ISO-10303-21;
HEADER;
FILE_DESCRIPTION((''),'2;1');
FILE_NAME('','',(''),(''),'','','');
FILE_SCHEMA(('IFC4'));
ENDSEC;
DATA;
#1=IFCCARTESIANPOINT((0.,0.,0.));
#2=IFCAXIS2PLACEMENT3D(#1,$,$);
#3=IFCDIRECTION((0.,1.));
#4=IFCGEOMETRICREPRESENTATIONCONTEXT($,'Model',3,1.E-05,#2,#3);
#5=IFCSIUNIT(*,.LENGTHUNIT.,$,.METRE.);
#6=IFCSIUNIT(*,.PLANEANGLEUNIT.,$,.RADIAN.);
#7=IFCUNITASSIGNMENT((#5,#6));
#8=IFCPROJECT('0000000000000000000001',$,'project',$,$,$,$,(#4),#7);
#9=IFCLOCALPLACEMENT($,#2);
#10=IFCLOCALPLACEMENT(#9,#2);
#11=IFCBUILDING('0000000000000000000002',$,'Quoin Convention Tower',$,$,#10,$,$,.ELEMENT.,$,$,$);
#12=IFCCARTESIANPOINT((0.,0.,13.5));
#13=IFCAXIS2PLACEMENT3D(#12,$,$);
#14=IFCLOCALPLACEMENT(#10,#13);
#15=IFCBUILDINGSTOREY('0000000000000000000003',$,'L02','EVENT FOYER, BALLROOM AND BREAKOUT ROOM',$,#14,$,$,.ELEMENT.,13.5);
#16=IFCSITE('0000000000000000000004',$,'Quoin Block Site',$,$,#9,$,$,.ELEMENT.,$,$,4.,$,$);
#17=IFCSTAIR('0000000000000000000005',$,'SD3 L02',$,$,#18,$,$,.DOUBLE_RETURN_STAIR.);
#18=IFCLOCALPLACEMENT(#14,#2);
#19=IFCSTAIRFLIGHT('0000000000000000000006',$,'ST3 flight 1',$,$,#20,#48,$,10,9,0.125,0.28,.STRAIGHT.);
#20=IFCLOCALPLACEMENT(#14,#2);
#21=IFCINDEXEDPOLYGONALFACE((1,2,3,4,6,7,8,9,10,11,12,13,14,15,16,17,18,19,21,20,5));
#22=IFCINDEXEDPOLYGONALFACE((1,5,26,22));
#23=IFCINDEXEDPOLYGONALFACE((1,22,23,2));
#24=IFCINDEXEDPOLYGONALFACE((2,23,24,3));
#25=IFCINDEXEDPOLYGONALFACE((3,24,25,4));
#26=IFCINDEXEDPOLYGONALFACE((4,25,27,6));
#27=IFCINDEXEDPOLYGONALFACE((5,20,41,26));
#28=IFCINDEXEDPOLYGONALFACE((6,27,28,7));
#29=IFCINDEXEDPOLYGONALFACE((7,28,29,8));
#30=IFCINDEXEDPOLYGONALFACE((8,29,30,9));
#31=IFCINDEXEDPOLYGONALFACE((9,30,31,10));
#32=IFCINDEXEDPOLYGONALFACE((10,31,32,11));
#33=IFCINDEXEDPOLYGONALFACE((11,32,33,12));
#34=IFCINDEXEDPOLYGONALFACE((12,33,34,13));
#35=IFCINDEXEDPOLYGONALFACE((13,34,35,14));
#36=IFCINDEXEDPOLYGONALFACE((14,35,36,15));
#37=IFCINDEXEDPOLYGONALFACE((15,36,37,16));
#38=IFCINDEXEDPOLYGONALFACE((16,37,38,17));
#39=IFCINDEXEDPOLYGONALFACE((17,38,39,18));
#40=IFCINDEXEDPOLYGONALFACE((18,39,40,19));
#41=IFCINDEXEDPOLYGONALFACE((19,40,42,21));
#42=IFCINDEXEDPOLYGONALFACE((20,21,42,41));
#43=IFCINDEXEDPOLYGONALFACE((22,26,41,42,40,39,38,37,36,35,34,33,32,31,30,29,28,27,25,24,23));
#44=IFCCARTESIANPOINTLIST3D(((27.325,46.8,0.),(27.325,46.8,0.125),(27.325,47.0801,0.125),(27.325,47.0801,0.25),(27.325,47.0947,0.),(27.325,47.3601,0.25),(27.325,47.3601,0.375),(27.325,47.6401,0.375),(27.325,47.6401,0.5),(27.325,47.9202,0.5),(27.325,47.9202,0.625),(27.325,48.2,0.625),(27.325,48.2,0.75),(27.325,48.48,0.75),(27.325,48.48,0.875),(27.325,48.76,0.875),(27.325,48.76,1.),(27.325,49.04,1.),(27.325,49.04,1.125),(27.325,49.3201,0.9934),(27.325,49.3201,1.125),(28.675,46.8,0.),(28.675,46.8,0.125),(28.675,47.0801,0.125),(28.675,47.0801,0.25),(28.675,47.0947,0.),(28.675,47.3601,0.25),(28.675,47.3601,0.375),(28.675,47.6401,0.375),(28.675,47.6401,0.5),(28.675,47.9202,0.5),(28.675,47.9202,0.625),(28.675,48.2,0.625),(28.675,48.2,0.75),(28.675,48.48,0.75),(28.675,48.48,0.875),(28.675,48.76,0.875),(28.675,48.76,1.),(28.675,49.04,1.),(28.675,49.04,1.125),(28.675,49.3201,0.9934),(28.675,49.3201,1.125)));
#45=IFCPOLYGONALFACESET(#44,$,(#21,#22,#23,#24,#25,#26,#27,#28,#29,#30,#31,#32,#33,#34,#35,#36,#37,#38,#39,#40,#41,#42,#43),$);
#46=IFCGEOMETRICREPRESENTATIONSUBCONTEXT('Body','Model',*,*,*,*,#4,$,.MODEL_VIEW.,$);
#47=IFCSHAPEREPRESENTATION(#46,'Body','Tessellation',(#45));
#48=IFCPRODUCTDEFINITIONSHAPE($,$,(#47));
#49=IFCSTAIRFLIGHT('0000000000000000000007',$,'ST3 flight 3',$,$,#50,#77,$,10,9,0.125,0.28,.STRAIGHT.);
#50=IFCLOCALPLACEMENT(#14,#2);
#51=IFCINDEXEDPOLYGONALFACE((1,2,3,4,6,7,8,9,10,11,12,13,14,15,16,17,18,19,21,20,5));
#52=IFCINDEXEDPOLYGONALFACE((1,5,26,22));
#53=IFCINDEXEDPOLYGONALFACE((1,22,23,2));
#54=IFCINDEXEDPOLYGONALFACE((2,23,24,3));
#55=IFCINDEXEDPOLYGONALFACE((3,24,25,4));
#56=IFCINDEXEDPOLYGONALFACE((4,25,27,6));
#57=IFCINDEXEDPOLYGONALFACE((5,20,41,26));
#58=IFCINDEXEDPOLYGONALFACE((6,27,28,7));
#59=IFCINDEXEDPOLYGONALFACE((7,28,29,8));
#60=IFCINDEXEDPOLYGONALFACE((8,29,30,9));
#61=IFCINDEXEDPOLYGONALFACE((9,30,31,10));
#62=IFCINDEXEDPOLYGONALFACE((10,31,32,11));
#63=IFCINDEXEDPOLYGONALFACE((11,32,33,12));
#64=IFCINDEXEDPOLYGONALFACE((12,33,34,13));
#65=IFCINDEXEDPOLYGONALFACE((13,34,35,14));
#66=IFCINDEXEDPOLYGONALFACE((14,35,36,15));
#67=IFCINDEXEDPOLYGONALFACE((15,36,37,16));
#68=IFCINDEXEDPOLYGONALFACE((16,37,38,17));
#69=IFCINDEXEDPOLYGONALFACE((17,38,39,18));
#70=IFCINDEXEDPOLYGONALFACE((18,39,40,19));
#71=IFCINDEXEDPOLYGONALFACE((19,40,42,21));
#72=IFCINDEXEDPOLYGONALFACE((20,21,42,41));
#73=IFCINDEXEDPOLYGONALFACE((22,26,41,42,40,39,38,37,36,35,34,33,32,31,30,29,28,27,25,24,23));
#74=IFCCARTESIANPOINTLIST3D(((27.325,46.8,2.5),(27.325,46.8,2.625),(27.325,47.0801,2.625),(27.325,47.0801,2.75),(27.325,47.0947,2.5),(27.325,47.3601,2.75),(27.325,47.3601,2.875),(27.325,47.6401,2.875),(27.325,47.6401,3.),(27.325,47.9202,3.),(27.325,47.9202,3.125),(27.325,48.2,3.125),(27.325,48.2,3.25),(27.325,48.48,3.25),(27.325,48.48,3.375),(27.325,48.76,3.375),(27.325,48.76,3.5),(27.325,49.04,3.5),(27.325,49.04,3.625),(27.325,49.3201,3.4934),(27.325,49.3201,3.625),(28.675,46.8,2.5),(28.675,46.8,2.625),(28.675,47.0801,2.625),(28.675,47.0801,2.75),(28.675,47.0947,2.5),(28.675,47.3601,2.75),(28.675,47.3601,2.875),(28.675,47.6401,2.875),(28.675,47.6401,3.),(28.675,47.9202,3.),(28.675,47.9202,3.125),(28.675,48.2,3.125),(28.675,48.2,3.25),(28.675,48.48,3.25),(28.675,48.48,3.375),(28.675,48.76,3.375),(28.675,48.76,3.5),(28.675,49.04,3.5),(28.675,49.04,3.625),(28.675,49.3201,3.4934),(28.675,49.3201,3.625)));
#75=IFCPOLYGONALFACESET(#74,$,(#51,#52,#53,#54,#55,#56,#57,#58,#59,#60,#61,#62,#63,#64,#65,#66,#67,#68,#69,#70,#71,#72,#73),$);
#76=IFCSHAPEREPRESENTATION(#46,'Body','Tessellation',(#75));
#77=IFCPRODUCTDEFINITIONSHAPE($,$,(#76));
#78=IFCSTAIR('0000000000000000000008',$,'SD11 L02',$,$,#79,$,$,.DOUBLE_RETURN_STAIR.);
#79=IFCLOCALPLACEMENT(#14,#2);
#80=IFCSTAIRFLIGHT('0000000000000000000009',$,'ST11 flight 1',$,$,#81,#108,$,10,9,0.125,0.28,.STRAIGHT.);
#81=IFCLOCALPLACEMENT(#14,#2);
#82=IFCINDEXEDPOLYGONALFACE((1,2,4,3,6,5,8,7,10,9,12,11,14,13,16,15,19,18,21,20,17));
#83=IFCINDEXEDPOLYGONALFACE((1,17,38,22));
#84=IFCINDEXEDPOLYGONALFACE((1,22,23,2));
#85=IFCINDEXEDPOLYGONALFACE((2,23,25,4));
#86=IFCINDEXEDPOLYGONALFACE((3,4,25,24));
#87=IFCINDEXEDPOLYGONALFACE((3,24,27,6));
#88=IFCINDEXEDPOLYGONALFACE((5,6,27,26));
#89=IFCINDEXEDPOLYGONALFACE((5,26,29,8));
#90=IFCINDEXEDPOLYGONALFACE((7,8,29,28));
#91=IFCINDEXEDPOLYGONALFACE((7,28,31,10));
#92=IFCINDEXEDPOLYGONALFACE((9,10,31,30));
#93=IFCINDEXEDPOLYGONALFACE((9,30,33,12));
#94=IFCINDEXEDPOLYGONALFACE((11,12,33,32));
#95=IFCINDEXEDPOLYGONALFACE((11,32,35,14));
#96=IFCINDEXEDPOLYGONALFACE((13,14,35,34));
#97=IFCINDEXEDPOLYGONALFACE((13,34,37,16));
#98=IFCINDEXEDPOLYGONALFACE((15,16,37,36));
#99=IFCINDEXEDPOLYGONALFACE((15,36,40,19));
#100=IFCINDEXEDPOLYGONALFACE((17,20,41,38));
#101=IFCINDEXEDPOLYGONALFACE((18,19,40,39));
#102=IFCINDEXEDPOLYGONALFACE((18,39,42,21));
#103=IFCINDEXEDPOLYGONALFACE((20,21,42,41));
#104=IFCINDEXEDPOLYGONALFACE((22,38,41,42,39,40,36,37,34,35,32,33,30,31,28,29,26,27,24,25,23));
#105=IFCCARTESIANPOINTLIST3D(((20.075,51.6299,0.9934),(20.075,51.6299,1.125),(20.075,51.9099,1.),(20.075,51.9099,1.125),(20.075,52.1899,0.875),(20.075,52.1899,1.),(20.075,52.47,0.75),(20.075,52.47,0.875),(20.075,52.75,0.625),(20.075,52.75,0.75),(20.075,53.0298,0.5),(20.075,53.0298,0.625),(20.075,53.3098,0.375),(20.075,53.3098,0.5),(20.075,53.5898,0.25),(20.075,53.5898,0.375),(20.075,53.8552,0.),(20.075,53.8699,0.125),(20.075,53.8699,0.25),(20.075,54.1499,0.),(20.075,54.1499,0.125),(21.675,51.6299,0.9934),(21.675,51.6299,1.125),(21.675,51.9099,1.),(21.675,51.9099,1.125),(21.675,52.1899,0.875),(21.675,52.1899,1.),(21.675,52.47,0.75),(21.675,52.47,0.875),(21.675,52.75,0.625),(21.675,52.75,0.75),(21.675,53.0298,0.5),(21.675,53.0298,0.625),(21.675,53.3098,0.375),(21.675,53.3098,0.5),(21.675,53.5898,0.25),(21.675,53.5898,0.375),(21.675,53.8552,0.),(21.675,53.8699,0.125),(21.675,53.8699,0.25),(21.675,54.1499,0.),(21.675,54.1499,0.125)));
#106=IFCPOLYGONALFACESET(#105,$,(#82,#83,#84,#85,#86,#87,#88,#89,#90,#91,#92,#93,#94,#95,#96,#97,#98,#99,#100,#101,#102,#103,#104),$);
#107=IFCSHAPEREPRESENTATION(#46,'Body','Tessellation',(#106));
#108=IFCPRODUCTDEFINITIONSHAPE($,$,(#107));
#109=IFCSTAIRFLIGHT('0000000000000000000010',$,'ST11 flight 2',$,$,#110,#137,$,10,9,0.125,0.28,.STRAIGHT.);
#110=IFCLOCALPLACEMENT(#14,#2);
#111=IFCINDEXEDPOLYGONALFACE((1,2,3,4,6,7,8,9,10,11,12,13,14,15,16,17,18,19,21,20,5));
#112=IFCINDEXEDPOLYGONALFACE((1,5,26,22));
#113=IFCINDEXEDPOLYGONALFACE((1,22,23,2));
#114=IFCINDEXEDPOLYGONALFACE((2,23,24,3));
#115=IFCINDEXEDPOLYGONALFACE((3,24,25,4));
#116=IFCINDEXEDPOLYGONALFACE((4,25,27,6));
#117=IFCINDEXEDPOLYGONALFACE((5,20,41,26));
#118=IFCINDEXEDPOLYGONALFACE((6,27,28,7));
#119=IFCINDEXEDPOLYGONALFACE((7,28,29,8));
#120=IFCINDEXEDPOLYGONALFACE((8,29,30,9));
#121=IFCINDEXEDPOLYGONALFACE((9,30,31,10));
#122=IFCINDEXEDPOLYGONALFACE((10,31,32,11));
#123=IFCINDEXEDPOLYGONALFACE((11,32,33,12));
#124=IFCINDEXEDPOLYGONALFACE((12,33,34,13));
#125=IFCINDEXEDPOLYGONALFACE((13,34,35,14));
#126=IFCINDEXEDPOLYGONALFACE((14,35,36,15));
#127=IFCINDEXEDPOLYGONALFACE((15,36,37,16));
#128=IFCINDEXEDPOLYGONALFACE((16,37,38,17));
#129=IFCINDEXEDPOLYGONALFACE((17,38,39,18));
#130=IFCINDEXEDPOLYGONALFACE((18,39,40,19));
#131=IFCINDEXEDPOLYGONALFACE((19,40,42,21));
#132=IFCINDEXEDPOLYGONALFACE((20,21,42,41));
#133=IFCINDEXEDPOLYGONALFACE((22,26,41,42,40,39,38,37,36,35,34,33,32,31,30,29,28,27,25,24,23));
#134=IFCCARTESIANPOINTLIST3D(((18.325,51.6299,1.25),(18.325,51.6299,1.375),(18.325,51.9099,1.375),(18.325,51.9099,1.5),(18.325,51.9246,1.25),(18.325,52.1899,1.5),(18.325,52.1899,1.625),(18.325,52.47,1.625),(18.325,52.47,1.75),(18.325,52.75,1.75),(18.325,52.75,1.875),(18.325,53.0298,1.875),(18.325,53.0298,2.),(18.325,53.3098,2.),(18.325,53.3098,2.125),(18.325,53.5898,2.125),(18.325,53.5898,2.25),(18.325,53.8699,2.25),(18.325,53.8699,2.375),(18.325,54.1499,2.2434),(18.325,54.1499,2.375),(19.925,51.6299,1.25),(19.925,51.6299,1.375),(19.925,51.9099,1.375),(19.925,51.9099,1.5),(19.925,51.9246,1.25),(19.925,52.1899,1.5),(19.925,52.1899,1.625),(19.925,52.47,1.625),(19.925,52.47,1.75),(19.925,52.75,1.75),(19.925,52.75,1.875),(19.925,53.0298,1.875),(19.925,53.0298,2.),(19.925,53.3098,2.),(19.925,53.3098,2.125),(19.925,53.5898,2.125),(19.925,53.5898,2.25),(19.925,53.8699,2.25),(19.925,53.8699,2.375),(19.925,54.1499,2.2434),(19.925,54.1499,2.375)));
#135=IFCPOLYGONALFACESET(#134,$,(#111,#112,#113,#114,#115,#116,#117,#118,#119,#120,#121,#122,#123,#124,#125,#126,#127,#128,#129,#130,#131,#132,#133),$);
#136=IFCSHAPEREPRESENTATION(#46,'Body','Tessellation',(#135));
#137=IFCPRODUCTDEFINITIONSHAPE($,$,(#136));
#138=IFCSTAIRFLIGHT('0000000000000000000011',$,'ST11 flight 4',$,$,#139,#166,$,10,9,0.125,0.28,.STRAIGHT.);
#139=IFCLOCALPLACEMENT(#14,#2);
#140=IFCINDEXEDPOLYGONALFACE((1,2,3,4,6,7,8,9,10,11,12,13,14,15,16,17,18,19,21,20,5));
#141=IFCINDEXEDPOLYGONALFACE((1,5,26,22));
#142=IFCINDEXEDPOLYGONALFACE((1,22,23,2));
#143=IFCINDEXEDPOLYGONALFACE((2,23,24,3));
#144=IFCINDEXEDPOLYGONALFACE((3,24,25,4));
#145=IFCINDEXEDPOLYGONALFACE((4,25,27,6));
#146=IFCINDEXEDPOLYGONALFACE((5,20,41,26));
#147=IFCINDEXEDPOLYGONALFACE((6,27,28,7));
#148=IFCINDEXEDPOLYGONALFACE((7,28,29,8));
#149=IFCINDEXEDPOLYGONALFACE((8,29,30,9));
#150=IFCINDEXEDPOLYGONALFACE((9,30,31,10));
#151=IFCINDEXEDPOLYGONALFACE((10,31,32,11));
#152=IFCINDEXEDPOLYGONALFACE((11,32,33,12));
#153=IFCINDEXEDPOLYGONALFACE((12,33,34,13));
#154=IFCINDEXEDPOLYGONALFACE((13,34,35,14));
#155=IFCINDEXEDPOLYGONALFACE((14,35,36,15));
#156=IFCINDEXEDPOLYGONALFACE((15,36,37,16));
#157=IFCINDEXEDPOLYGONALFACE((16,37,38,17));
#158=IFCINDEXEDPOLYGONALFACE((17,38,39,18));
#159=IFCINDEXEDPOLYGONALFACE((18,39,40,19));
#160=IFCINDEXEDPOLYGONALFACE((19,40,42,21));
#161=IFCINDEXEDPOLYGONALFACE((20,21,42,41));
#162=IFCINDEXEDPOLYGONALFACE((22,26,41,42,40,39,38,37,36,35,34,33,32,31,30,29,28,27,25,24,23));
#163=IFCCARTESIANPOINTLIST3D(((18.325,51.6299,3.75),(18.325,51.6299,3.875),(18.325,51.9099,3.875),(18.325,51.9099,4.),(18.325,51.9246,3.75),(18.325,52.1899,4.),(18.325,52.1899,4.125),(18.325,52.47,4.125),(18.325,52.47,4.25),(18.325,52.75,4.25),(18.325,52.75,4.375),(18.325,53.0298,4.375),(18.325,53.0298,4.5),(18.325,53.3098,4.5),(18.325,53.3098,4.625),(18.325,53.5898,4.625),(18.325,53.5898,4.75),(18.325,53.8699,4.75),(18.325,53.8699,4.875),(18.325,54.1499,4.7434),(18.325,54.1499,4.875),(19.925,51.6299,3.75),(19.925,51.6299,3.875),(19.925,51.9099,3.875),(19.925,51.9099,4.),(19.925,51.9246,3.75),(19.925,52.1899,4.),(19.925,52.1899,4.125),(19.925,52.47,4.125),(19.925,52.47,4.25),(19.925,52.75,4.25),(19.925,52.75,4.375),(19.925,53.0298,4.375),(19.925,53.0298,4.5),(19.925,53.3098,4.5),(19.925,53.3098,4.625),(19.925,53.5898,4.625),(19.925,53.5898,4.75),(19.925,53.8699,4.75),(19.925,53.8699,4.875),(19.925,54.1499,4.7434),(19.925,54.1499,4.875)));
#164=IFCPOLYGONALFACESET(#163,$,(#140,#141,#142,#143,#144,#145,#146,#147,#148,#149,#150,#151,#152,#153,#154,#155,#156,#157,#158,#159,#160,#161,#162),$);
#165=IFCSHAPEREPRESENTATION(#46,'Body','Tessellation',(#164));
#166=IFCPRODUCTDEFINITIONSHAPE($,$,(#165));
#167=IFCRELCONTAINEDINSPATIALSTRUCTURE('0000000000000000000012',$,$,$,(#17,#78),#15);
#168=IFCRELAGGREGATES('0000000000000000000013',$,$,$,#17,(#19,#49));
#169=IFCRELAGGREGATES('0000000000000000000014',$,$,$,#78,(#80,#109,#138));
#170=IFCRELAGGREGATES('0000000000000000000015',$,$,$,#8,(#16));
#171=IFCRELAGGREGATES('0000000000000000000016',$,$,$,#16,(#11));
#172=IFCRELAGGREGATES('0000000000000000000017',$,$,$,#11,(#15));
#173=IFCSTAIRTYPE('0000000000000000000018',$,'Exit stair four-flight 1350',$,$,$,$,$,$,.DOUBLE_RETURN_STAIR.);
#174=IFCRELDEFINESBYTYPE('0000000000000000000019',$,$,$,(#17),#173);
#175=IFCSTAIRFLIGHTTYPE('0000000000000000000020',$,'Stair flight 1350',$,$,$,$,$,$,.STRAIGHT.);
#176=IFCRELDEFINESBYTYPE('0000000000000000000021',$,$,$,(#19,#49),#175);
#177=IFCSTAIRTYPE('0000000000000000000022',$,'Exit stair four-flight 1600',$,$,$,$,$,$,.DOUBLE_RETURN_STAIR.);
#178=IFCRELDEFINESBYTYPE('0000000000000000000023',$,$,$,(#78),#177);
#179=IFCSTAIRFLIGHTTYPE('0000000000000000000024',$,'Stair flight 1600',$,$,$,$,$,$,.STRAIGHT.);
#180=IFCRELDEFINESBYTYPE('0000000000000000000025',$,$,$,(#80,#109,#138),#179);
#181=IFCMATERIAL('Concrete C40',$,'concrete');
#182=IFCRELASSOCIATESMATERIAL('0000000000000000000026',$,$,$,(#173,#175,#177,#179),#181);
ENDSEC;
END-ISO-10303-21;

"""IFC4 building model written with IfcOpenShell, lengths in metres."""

from ifc_helpers import new_model, si_unit, direction, frame, origin, place, context, subcontext, project, spatial, polyline, outline, extrude, material, type_object, element, aggregate, save


model = new_model("IFC4")

# Units and contexts
model_context = context("Model", 3, precision=1e-05, world=origin(), true_north=direction((0.0, 1.0)))
body_context = subcontext(model_context, "Body", "Model", "MODEL_VIEW")
ifc_project = project(units=[si_unit("LENGTHUNIT", "METRE"), si_unit("PLANEANGLEUNIT", "RADIAN")], contexts=[model_context])

# Site, building, storey
site_placement = place(None, origin())
site = spatial("IfcSite", under=ifc_project, at=site_placement, Name="Quoin Block Site", CompositionType="ELEMENT", RefElevation=4.0)
building_placement = place(site_placement, origin())
building = spatial("IfcBuilding", under=site, at=building_placement, Name="Quoin Convention Tower", CompositionType="ELEMENT")
storey_placement = place(building_placement, frame((0.0, 0.0, 13.5)))
storey = spatial("IfcBuildingStorey", under=building, at=storey_placement, Name="L02", Description="EVENT FOYER, BALLROOM AND BREAKOUT ROOM", CompositionType="ELEMENT", Elevation=13.5)

# Stairs, stair flights
ifc_material_1 = material(Name="Concrete C40", Category="concrete")
stair_type_1 = type_object("IfcStairType", Name="Exit stair four-flight 1350", PredefinedType="DOUBLE_RETURN_STAIR", material=ifc_material_1)
stair_1_placement = place(storey_placement, origin())
stair_1 = element("IfcStair", 1, at=stair_1_placement, inside=storey, type_object=stair_type_1, Name="SD3 L02", PredefinedType="DOUBLE_RETURN_STAIR")
stair_flight_type_1 = type_object("IfcStairFlightType", Name="Stair flight 1350", PredefinedType="STRAIGHT", material=ifc_material_1)
stair_flight_1_placement = place(storey_placement, frame((28.0, 46.8, 0.0), z_axis=(0.0, 0.0, 1.0), x_axis=(0.0, 1.0, 0.0)))
stair_flight_1 = element("IfcStairFlight", 2, at=stair_flight_1_placement, type_object=stair_flight_type_1, Name="ST3 flight 1", NumberOfRisers=10, NumberOfTreads=9, PredefinedType="STRAIGHT", RiserHeight=0.125, TreadLength=0.28, context=body_context, shape_type="SweptSolid", body=[
    extrude(outline(polyline([(0.0, 0.0), (0.0, 0.125), (0.28, 0.125), (0.28, 0.25), (0.5601, 0.25), (0.5601, 0.375), (0.8401, 0.375), (0.8401, 0.5), (1.1201, 0.5), (1.1201, 0.625), (1.3999, 0.625), (1.3999, 0.75), (1.6799, 0.75), (1.6799, 0.875), (1.96, 0.875), (1.96, 1.0), (2.24, 1.0), (2.24, 1.125), (2.52, 1.125), (2.52, 1.25), (2.52, 0.9934), (0.2947, 0.0), (0.0, 0.0)])), frame((0.0, 0.675, 0.0), z_axis=(0.0, -1.0, 0.0), x_axis=(1.0, 0.0, 0.0)), (0.0, 0.0, 1.0), 1.3501),
])
stair_flight_2_placement = place(storey_placement, frame((28.0, 46.8, 2.5), z_axis=(0.0, 0.0, 1.0), x_axis=(0.0, 1.0, 0.0)))
stair_flight_2 = element("IfcStairFlight", 3, at=stair_flight_2_placement, type_object=stair_flight_type_1, Name="ST3 flight 3", NumberOfRisers=10, NumberOfTreads=9, PredefinedType="STRAIGHT", RiserHeight=0.125, TreadLength=0.28, context=body_context, shape_type="SweptSolid", body=[
    extrude(outline(polyline([(0.0, 0.0), (0.0, 0.125), (0.28, 0.125), (0.28, 0.25), (0.5601, 0.25), (0.5601, 0.375), (0.8401, 0.375), (0.8401, 0.5), (1.1201, 0.5), (1.1201, 0.625), (1.3999, 0.625), (1.3999, 0.75), (1.6799, 0.75), (1.6799, 0.875), (1.96, 0.875), (1.96, 1.0), (2.24, 1.0), (2.24, 1.125), (2.52, 1.125), (2.52, 1.25), (2.52, 0.9934), (0.2947, 0.0), (0.0, 0.0)])), frame((0.0, 0.675, 0.0), z_axis=(0.0, -1.0, 0.0), x_axis=(1.0, 0.0, 0.0)), (0.0, 0.0, 1.0), 1.3501),
])
aggregate(stair_1, [stair_flight_1, stair_flight_2])
stair_type_2 = type_object("IfcStairType", Name="Exit stair four-flight 1600", PredefinedType="DOUBLE_RETURN_STAIR", material=ifc_material_1)
stair_2_placement = place(storey_placement, origin())
stair_2 = element("IfcStair", 4, at=stair_2_placement, inside=storey, type_object=stair_type_2, Name="SD11 L02", PredefinedType="DOUBLE_RETURN_STAIR")
stair_flight_type_2 = type_object("IfcStairFlightType", Name="Stair flight 1600", PredefinedType="STRAIGHT", material=ifc_material_1)
stair_flight_3_placement = place(storey_placement, frame((20.875, 54.1499, 0.0), z_axis=(0.0, 0.0, 1.0), x_axis=(0.0, -1.0, 0.0)))
stair_flight_3 = element("IfcStairFlight", 5, at=stair_flight_3_placement, type_object=stair_flight_type_2, Name="ST11 flight 1", NumberOfRisers=10, NumberOfTreads=9, PredefinedType="STRAIGHT", RiserHeight=0.125, TreadLength=0.28, context=body_context, shape_type="SweptSolid", body=[
    extrude(outline(polyline([(0.0, 0.0), (0.0, 0.125), (0.28, 0.125), (0.28, 0.25), (0.5601, 0.25), (0.5601, 0.375), (0.8401, 0.375), (0.8401, 0.5), (1.1201, 0.5), (1.1201, 0.625), (1.3999, 0.625), (1.3999, 0.75), (1.6799, 0.75), (1.6799, 0.875), (1.96, 0.875), (1.96, 1.0), (2.24, 1.0), (2.24, 1.125), (2.52, 1.125), (2.52, 1.25), (2.52, 0.9934), (0.2947, 0.0), (0.0, 0.0)])), frame((0.0, 0.8, 0.0), z_axis=(0.0, -1.0, 0.0), x_axis=(1.0, 0.0, 0.0)), (0.0, 0.0, 1.0), 1.6001),
])
stair_flight_4_placement = place(storey_placement, frame((19.125, 51.6299, 1.25), z_axis=(0.0, 0.0, 1.0), x_axis=(0.0, 1.0, 0.0)))
stair_flight_4 = element("IfcStairFlight", 6, at=stair_flight_4_placement, type_object=stair_flight_type_2, Name="ST11 flight 2", NumberOfRisers=10, NumberOfTreads=9, PredefinedType="STRAIGHT", RiserHeight=0.125, TreadLength=0.28, context=body_context, shape_type="SweptSolid", body=[
    extrude(outline(polyline([(0.0, 0.0), (0.0, 0.125), (0.28, 0.125), (0.28, 0.25), (0.5601, 0.25), (0.5601, 0.375), (0.8401, 0.375), (0.8401, 0.5), (1.1201, 0.5), (1.1201, 0.625), (1.3999, 0.625), (1.3999, 0.75), (1.6799, 0.75), (1.6799, 0.875), (1.96, 0.875), (1.96, 1.0), (2.24, 1.0), (2.24, 1.125), (2.52, 1.125), (2.52, 1.25), (2.52, 0.9934), (0.2947, 0.0), (0.0, 0.0)])), frame((0.0, 0.8, 0.0), z_axis=(0.0, -1.0, 0.0), x_axis=(1.0, 0.0, 0.0)), (0.0, 0.0, 1.0), 1.6001),
])
stair_flight_5_placement = place(storey_placement, frame((19.125, 51.6299, 3.75), z_axis=(0.0, 0.0, 1.0), x_axis=(0.0, 1.0, 0.0)))
stair_flight_5 = element("IfcStairFlight", 7, at=stair_flight_5_placement, type_object=stair_flight_type_2, Name="ST11 flight 4", NumberOfRisers=10, NumberOfTreads=9, PredefinedType="STRAIGHT", RiserHeight=0.125, TreadLength=0.28, context=body_context, shape_type="SweptSolid", body=[
    extrude(outline(polyline([(0.0, 0.0), (0.0, 0.125), (0.28, 0.125), (0.28, 0.25), (0.5601, 0.25), (0.5601, 0.375), (0.8401, 0.375), (0.8401, 0.5), (1.1201, 0.5), (1.1201, 0.625), (1.3999, 0.625), (1.3999, 0.75), (1.6799, 0.75), (1.6799, 0.875), (1.96, 0.875), (1.96, 1.0), (2.24, 1.0), (2.24, 1.125), (2.52, 1.125), (2.52, 1.25), (2.52, 0.9934), (0.2947, 0.0), (0.0, 0.0)])), frame((0.0, 0.8, 0.0), z_axis=(0.0, -1.0, 0.0), x_axis=(1.0, 0.0, 0.0)), (0.0, 0.0, 1.0), 1.6001),
])
aggregate(stair_2, [stair_flight_3, stair_flight_4, stair_flight_5])

save(model, "model.ifc")
